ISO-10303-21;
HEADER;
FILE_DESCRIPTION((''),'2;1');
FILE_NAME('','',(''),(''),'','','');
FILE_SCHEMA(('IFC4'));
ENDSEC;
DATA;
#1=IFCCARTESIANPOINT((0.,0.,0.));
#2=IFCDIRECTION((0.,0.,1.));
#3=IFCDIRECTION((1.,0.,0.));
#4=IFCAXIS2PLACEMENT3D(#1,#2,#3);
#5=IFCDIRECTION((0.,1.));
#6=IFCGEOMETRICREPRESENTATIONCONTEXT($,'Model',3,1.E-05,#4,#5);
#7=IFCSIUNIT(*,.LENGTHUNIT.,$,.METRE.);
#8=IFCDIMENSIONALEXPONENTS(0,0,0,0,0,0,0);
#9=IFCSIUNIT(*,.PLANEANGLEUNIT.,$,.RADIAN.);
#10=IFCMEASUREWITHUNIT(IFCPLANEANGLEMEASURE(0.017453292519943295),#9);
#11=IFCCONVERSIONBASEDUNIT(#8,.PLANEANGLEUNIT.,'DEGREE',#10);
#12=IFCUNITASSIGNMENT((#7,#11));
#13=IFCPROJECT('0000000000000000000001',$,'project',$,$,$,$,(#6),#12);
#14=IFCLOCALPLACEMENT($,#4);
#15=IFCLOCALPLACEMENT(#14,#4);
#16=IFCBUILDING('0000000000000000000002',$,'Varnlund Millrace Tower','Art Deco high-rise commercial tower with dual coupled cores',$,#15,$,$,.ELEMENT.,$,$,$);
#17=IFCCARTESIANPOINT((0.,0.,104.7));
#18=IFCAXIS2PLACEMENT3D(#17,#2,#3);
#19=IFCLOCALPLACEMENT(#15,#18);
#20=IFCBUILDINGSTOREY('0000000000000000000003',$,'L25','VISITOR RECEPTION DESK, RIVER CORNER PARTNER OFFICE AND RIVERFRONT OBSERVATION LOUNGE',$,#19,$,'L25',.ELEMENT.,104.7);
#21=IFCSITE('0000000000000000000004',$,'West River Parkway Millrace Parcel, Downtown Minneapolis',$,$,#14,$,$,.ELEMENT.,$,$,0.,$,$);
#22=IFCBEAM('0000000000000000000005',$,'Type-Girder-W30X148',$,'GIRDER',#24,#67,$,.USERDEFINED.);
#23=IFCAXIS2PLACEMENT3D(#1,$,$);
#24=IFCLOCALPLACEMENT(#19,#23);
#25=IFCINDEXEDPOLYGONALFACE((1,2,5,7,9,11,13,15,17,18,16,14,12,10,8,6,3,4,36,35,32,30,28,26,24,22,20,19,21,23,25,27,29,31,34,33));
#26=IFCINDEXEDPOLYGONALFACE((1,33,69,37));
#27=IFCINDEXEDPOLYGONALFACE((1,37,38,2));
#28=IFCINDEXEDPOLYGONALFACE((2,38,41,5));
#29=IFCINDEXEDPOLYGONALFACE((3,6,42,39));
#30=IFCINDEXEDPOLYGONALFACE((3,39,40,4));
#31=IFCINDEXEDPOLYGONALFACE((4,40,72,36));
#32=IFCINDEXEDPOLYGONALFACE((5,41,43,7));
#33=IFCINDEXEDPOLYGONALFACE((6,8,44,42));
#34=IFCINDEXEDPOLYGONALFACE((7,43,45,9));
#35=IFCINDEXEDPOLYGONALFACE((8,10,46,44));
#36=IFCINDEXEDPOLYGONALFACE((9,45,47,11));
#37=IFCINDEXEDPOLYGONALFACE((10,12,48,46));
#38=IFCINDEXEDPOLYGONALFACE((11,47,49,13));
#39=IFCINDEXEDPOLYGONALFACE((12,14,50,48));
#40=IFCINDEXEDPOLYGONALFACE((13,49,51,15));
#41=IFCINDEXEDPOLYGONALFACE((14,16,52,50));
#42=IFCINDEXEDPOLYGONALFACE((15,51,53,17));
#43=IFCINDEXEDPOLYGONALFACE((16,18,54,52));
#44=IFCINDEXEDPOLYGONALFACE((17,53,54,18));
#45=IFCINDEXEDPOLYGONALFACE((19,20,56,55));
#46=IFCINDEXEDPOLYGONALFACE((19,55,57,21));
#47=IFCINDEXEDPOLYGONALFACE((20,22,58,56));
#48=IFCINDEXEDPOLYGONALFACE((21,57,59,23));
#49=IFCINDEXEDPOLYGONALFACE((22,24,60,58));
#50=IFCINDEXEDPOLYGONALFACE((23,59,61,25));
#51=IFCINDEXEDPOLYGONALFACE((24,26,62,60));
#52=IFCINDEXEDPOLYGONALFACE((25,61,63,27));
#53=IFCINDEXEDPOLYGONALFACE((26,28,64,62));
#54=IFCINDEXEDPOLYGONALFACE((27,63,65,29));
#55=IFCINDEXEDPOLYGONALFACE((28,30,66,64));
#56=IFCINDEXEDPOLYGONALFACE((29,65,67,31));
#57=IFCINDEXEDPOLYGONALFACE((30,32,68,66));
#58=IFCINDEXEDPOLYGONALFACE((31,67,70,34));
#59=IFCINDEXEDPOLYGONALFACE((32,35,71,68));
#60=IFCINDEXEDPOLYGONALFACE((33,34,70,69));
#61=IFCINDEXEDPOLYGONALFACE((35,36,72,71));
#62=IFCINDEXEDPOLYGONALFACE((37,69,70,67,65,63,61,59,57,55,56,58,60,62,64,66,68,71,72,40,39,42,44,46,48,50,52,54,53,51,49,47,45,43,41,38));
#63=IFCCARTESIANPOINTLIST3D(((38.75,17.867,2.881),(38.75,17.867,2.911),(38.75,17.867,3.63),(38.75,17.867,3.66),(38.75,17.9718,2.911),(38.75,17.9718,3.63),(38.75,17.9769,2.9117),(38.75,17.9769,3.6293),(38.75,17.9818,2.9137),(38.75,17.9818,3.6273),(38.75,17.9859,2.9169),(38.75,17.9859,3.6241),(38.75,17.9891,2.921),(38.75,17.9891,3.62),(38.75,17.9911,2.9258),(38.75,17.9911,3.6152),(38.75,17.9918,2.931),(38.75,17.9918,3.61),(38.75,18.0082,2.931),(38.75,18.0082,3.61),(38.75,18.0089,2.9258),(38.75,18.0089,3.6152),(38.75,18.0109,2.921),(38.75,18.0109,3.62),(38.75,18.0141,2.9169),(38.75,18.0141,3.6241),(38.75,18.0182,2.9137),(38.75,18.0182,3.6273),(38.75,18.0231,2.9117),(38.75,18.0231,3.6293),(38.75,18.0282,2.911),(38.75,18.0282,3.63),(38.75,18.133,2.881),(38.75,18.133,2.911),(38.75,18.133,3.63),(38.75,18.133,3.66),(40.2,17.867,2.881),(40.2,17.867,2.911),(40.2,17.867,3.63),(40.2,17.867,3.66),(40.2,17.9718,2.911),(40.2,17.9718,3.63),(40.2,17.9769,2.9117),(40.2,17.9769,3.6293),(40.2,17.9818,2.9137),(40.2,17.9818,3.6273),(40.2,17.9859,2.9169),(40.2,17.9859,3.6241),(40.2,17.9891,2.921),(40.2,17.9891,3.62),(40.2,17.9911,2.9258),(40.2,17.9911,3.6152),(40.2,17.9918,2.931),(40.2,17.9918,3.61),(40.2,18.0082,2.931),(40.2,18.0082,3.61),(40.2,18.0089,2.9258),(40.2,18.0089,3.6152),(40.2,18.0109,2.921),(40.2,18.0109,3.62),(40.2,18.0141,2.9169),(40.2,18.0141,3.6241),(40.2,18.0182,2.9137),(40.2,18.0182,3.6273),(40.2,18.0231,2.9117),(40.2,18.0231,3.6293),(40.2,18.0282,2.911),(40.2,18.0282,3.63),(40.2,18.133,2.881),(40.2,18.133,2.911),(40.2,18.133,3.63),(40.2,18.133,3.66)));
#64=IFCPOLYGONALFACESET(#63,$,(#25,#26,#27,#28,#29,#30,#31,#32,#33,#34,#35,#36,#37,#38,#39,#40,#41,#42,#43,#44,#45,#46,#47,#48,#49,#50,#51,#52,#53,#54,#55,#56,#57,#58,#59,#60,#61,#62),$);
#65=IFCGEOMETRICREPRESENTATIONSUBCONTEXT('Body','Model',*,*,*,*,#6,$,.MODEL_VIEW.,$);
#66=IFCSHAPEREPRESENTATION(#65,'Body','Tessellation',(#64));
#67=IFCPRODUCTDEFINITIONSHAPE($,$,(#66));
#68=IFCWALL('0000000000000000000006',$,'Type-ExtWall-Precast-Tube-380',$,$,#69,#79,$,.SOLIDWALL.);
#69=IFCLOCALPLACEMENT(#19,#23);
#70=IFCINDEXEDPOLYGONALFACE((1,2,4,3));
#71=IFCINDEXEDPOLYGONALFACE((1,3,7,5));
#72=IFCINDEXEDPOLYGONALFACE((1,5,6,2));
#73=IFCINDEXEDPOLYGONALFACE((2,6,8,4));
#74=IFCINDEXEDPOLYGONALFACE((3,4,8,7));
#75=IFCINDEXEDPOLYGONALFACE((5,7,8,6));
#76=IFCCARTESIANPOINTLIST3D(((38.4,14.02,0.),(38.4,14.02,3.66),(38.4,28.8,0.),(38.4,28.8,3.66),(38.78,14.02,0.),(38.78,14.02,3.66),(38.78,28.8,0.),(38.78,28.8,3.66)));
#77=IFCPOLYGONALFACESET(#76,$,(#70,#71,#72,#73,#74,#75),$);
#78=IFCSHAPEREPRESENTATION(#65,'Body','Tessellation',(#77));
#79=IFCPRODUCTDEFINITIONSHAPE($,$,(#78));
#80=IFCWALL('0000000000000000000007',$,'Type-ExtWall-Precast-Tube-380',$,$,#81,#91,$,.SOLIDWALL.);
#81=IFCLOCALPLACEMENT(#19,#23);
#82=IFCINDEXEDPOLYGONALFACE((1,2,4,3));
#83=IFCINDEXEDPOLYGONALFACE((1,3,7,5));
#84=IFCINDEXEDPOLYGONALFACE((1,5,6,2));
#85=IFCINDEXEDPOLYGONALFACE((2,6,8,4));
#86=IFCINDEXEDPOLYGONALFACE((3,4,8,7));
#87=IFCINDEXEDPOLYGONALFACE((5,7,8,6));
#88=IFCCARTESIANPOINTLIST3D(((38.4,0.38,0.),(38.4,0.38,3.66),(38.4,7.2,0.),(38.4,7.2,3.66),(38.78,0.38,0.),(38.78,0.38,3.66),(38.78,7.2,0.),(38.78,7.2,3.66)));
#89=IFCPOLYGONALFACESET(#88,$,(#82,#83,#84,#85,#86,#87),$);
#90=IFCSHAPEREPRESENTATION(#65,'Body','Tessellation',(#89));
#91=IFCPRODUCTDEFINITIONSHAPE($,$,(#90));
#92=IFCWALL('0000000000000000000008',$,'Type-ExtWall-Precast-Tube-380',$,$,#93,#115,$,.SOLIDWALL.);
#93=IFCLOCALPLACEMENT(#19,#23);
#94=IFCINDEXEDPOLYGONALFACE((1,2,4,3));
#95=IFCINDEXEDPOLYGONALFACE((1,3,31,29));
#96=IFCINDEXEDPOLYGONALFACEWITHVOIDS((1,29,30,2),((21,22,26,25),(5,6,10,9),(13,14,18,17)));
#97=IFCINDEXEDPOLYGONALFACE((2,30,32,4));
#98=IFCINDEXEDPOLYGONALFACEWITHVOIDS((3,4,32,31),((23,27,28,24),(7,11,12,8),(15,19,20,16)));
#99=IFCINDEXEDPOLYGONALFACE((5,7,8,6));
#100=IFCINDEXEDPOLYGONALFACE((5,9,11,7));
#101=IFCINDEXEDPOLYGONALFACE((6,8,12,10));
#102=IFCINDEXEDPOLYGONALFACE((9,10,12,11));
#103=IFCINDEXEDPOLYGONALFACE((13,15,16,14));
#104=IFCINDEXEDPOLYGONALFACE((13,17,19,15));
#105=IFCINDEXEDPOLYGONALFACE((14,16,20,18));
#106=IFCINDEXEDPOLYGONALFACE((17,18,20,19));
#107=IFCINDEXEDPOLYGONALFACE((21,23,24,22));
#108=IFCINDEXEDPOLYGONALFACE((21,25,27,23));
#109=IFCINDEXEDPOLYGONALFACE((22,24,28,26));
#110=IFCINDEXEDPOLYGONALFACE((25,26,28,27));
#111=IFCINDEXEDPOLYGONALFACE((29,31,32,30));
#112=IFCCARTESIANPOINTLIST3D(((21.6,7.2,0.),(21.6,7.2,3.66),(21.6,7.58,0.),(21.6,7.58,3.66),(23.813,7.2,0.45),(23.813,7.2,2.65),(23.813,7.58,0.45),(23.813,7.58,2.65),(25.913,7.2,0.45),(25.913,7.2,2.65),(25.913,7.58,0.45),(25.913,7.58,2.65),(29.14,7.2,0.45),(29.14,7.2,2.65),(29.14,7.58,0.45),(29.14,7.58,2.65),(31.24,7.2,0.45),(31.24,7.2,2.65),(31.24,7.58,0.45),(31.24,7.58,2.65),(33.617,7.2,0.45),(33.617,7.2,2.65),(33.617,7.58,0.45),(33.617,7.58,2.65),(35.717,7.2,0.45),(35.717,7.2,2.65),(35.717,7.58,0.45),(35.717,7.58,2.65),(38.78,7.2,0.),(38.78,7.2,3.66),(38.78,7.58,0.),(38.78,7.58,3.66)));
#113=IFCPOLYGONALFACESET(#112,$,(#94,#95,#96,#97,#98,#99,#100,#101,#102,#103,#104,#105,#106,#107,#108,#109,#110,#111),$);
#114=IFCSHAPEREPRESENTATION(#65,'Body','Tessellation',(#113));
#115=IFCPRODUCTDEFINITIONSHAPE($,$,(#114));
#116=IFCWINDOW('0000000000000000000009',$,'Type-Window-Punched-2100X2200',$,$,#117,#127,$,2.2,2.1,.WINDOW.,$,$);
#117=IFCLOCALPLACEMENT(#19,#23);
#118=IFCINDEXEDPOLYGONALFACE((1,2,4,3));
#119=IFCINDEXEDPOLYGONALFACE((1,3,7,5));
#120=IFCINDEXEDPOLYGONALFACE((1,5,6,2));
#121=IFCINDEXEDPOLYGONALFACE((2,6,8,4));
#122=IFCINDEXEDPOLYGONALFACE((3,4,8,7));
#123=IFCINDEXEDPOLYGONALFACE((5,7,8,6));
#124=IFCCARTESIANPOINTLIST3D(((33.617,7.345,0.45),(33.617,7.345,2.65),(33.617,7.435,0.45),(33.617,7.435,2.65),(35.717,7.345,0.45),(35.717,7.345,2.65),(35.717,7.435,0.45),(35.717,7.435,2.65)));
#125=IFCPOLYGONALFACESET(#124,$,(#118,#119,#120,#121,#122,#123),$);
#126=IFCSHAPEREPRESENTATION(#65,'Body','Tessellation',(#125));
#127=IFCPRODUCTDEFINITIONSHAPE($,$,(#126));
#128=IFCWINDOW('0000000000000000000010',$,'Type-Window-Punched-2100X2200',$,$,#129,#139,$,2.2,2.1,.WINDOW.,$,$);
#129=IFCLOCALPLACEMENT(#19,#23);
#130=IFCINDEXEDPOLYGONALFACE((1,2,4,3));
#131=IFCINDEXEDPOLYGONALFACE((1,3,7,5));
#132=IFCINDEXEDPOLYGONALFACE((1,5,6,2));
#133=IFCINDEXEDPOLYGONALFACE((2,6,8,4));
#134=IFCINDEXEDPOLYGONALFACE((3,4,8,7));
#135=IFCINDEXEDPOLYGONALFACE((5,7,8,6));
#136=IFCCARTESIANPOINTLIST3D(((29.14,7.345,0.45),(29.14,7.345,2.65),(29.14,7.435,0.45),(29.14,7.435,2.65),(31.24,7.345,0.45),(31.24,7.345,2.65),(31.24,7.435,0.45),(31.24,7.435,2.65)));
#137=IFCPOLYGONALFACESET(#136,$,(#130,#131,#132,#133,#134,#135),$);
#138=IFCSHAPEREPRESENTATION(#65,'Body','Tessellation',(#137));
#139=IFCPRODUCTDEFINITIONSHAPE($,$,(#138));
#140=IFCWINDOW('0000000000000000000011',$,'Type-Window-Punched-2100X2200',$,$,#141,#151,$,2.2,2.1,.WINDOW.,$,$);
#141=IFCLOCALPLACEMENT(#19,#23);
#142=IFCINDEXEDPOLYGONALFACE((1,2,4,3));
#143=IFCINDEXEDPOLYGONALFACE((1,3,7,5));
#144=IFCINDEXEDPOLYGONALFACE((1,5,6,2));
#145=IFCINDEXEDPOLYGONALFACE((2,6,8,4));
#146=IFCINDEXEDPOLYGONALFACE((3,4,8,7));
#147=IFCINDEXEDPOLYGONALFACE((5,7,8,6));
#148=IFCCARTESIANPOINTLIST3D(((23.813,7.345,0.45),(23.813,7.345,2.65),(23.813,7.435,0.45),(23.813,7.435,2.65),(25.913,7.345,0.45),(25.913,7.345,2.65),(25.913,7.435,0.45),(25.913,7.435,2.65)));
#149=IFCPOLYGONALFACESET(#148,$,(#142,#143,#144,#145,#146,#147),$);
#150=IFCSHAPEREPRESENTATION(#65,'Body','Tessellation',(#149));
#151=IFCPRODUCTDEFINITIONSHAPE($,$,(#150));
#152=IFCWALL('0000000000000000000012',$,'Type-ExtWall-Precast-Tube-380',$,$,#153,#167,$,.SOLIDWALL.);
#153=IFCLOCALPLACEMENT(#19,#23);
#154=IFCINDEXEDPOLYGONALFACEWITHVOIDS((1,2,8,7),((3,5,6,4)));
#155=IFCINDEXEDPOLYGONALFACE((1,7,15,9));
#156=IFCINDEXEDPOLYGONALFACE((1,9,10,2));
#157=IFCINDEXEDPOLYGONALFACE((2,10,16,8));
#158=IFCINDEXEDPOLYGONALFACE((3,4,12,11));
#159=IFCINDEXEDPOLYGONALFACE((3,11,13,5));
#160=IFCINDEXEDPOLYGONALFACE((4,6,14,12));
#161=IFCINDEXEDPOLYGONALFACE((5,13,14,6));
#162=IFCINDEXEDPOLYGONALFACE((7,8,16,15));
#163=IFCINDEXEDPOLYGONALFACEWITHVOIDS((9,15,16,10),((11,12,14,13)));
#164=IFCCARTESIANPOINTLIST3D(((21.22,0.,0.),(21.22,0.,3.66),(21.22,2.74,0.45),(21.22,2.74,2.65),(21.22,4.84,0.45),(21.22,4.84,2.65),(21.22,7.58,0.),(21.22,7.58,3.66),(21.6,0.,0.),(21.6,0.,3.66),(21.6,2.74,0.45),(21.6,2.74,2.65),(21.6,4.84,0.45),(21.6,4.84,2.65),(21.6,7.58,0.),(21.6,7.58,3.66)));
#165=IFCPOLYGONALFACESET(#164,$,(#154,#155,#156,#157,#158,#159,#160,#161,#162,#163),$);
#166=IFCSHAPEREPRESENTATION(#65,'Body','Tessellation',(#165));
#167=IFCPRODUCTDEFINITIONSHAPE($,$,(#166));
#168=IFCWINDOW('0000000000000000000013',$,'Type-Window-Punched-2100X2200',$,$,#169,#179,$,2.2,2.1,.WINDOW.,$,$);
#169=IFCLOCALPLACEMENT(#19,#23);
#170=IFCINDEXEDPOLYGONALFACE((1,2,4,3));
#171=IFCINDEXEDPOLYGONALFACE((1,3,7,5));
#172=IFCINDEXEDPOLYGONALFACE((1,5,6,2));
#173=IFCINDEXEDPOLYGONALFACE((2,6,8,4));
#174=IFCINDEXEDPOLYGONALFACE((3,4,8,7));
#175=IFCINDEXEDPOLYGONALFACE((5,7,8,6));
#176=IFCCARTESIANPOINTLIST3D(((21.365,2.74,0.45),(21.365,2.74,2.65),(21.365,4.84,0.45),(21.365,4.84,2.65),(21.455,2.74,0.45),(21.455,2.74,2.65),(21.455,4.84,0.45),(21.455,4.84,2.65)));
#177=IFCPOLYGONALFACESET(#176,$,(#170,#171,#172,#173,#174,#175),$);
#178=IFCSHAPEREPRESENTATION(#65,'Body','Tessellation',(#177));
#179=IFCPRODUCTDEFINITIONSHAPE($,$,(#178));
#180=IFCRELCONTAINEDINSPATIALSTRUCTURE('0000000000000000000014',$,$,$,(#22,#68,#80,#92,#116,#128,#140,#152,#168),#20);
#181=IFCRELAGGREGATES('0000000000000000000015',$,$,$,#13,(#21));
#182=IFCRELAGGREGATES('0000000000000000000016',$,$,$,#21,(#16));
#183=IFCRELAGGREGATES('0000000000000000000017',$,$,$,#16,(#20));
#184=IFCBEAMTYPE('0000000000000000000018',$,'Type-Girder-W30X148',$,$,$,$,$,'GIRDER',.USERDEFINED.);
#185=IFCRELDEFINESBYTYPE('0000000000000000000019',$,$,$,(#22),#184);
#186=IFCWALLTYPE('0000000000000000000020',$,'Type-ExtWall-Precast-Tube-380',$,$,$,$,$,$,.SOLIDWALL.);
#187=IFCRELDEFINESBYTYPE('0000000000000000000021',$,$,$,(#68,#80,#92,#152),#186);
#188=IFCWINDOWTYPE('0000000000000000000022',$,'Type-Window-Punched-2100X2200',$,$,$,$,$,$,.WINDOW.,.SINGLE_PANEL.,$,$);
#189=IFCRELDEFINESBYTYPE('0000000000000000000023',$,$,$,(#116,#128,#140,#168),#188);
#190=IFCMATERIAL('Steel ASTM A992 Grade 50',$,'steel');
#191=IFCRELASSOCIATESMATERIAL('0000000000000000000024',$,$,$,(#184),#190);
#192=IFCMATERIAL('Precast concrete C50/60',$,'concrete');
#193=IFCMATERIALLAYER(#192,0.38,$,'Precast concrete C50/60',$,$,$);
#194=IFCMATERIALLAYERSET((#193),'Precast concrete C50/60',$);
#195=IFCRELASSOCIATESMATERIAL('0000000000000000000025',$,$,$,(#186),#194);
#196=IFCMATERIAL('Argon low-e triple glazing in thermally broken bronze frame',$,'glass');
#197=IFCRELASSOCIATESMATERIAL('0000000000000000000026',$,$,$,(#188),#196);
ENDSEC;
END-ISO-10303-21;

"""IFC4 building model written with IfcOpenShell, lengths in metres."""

from ifc_helpers import new_model, entity, si_unit, converted_unit, direction, frame, origin_with_axes, origin_2d_with_axis, place, context, subcontext, project, spatial, polyline, rectangle, i_section, outline, extrude, material, layer, layer_set, material_profile, profile_set, type_object, element, fill, save


model = new_model("IFC4")

# Units and contexts
model_context = context("Model", 3, precision=1e-05, world=origin_with_axes(), true_north=direction((0.0, 1.0)))
body_context = subcontext(model_context, "Body", "Model", "MODEL_VIEW")
ifc_project = project(units=[si_unit("LENGTHUNIT", "METRE"), converted_unit("PLANEANGLEUNIT", "DEGREE", entity("IfcPlaneAngleMeasure", 0.017453292519943295), si_unit("PLANEANGLEUNIT", "RADIAN"), dimensions=[0, 0, 0, 0, 0, 0, 0])], contexts=[model_context])

# Site, building, storey
site_placement = place(None, origin_with_axes())
site = spatial("IfcSite", under=ifc_project, at=site_placement, Name="West River Parkway Millrace Parcel, Downtown Minneapolis", CompositionType="ELEMENT", RefElevation=0.0)
building_placement = place(site_placement, origin_with_axes())
building = spatial("IfcBuilding", under=site, at=building_placement, Name="Varnlund Millrace Tower", Description="Art Deco high-rise commercial tower with dual coupled cores", CompositionType="ELEMENT")
storey_placement = place(building_placement, frame((0.0, 0.0, 104.7), z_axis=(0.0, 0.0, 1.0), x_axis=(1.0, 0.0, 0.0)))
storey = spatial("IfcBuildingStorey", under=building, at=storey_placement, Name="L25", Description="VISITOR RECEPTION DESK, RIVER CORNER PARTNER OFFICE AND RIVERFRONT OBSERVATION LOUNGE", LongName="L25", CompositionType="ELEMENT", Elevation=104.7)

# Beam
ifc_material_1 = material(Name="Steel ASTM A992 Grade 50", Category="steel")
ifc_material_profile_1 = material_profile(ifc_material_1, i_section(OverallWidth=0.266, OverallDepth=0.779, WebThickness=0.0165, FlangeThickness=0.03, FilletRadius=0.02, at=origin_2d_with_axis()), Name="Steel ASTM A992 Grade 50")
ifc_profile_set_1 = profile_set([ifc_material_profile_1], Name="Steel ASTM A992 Grade 50")
beam_type_1 = type_object("IfcBeamType", Name="Type-Girder-W30X148", ElementType="GIRDER", PredefinedType="USERDEFINED", material=ifc_profile_set_1)
for number, where, z_axis, x_axis, name in (
    (1, (38.75, 18.0, 3.2705), (1.0, 0.0, 0.0), (0.0, 1.0, 0.0), "Type-Girder-W30X148"),
):
    element("IfcBeam", number, at=place(storey_placement, frame(where, z_axis=z_axis, x_axis=x_axis)), inside=storey, type_object=beam_type_1, Name=name, ObjectType="GIRDER", PredefinedType="USERDEFINED", context=body_context, shape_type="SweptSolid", body=[
        extrude(i_section(OverallWidth=0.266, OverallDepth=0.779, WebThickness=0.0165, FlangeThickness=0.03, FilletRadius=0.02, at=origin_2d_with_axis()), origin_with_axes(), (0.0, 0.0, 1.0), 1.45),
    ])

# Walls
ifc_material_2 = material(Name="Precast concrete C50/60", Category="concrete")
ifc_layer = layer(ifc_material_2, 0.38, Name="Precast concrete C50/60")
ifc_layer_set = layer_set([ifc_layer], Name="Precast concrete C50/60")
wall_type = type_object("IfcWallType", Name="Type-ExtWall-Precast-Tube-380", PredefinedType="SOLIDWALL", material=ifc_layer_set)
wall_1_placement = place(storey_placement, frame((38.59, 14.02, 0.0), z_axis=(0.0, 0.0, 1.0), x_axis=(0.0, 1.0, 0.0)))
element("IfcWall", 2, at=wall_1_placement, inside=storey, type_object=wall_type, Name="Type-ExtWall-Precast-Tube-380", PredefinedType="SOLIDWALL", context=body_context, shape_type="SweptSolid", body=[
    extrude(outline(polyline([(0.0, -0.19), (14.78, -0.19), (14.78, 0.19), (0.0, 0.19), (0.0, -0.19)])), origin_with_axes(), (0.0, 0.0, 1.0), 3.66),
])
wall_2_placement = place(storey_placement, frame((38.59, 0.38, 0.0), z_axis=(0.0, 0.0, 1.0), x_axis=(0.0, 1.0, 0.0)))
element("IfcWall", 3, at=wall_2_placement, inside=storey, type_object=wall_type, Name="Type-ExtWall-Precast-Tube-380", PredefinedType="SOLIDWALL", context=body_context, shape_type="SweptSolid", body=[
    extrude(outline(polyline([(0.0, -0.19), (6.82, -0.19), (6.82, 0.19), (0.0, 0.19), (0.0, -0.19)])), origin_with_axes(), (0.0, 0.0, 1.0), 3.66),
])

# Wall, openings, windows
wall_3_placement = place(storey_placement, frame((38.78, 7.39, 0.0), z_axis=(0.0, 0.0, 1.0), x_axis=(-1.0, 0.0, 0.0)))
wall_3 = element("IfcWall", 4, at=wall_3_placement, inside=storey, type_object=wall_type, Name="Type-ExtWall-Precast-Tube-380", PredefinedType="SOLIDWALL", context=body_context, shape_type="SweptSolid", body=[
    extrude(outline(polyline([(0.0, -0.19), (17.18, -0.19), (17.18, 0.19), (0.0, 0.19), (0.0, -0.19)])), origin_with_axes(), (0.0, 0.0, 1.0), 3.66),
])
opening_1_placement = place(wall_3_placement, frame((4.113, 0.0, 0.45), z_axis=(0.0, 0.0, 1.0), x_axis=(1.0, 0.0, 0.0)))
opening_1 = element("IfcOpeningElement", 5, at=opening_1_placement, cuts=wall_3, PredefinedType="OPENING", context=body_context, shape_type="SweptSolid", body=[
    extrude(rectangle(XDim=2.1, YDim=0.4, at=origin_2d_with_axis()), origin_with_axes(), (0.0, 0.0, 1.0), 2.2),
])
opening_2_placement = place(wall_3_placement, frame((8.59, 0.0, 0.45), z_axis=(0.0, 0.0, 1.0), x_axis=(1.0, 0.0, 0.0)))
opening_2 = element("IfcOpeningElement", 6, at=opening_2_placement, cuts=wall_3, PredefinedType="OPENING", context=body_context, shape_type="SweptSolid", body=[
    extrude(rectangle(XDim=2.1, YDim=0.4, at=origin_2d_with_axis()), origin_with_axes(), (0.0, 0.0, 1.0), 2.2),
])
opening_3_placement = place(wall_3_placement, frame((13.917, 0.0, 0.45), z_axis=(0.0, 0.0, 1.0), x_axis=(1.0, 0.0, 0.0)))
opening_3 = element("IfcOpeningElement", 7, at=opening_3_placement, cuts=wall_3, PredefinedType="OPENING", context=body_context, shape_type="SweptSolid", body=[
    extrude(rectangle(XDim=2.1, YDim=0.4, at=origin_2d_with_axis()), origin_with_axes(), (0.0, 0.0, 1.0), 2.2),
])
ifc_material_3 = material(Name="Argon low-e triple glazing in thermally broken bronze frame", Category="glass")
window_type = type_object("IfcWindowType", Name="Type-Window-Punched-2100X2200", PartitioningType="SINGLE_PANEL", PredefinedType="WINDOW", material=ifc_material_3)
window_1_placement = place(wall_3_placement, frame((4.113, 0.0, 0.45), z_axis=(0.0, 0.0, 1.0), x_axis=(1.0, 0.0, 0.0)))
window_1 = element("IfcWindow", 8, at=window_1_placement, inside=storey, type_object=window_type, Name="Type-Window-Punched-2100X2200", OverallHeight=2.2, OverallWidth=2.1, PredefinedType="WINDOW", context=body_context, shape_type="SweptSolid", body=[
    extrude(rectangle(XDim=2.1, YDim=0.09, at=origin_2d_with_axis()), origin_with_axes(), (0.0, 0.0, 1.0), 2.2),
])
fill(opening_1, window_1)
window_2_placement = place(wall_3_placement, frame((8.59, 0.0, 0.45), z_axis=(0.0, 0.0, 1.0), x_axis=(1.0, 0.0, 0.0)))
window_2 = element("IfcWindow", 9, at=window_2_placement, inside=storey, type_object=window_type, Name="Type-Window-Punched-2100X2200", OverallHeight=2.2, OverallWidth=2.1, PredefinedType="WINDOW", context=body_context, shape_type="SweptSolid", body=[
    extrude(rectangle(XDim=2.1, YDim=0.09, at=origin_2d_with_axis()), origin_with_axes(), (0.0, 0.0, 1.0), 2.2),
])
fill(opening_2, window_2)
window_3_placement = place(wall_3_placement, frame((13.917, 0.0, 0.45), z_axis=(0.0, 0.0, 1.0), x_axis=(1.0, 0.0, 0.0)))
window_3 = element("IfcWindow", 10, at=window_3_placement, inside=storey, type_object=window_type, Name="Type-Window-Punched-2100X2200", OverallHeight=2.2, OverallWidth=2.1, PredefinedType="WINDOW", context=body_context, shape_type="SweptSolid", body=[
    extrude(rectangle(XDim=2.1, YDim=0.09, at=origin_2d_with_axis()), origin_with_axes(), (0.0, 0.0, 1.0), 2.2),
])
fill(opening_3, window_3)

# Wall, opening, window
wall_4_placement = place(storey_placement, frame((21.41, 7.58, 0.0), z_axis=(0.0, 0.0, 1.0), x_axis=(0.0, -1.0, 0.0)))
wall_4 = element("IfcWall", 11, at=wall_4_placement, inside=storey, type_object=wall_type, Name="Type-ExtWall-Precast-Tube-380", PredefinedType="SOLIDWALL", context=body_context, shape_type="SweptSolid", body=[
    extrude(outline(polyline([(0.0, -0.19), (7.58, -0.19), (7.58, 0.19), (0.0, 0.19), (0.0, -0.19)])), origin_with_axes(), (0.0, 0.0, 1.0), 3.66),
])
opening_4_placement = place(wall_4_placement, frame((3.79, 0.0, 0.45), z_axis=(0.0, 0.0, 1.0), x_axis=(1.0, 0.0, 0.0)))
opening_4 = element("IfcOpeningElement", 12, at=opening_4_placement, cuts=wall_4, PredefinedType="OPENING", context=body_context, shape_type="SweptSolid", body=[
    extrude(rectangle(XDim=2.1, YDim=0.4, at=origin_2d_with_axis()), origin_with_axes(), (0.0, 0.0, 1.0), 2.2),
])
window_4_placement = place(wall_4_placement, frame((3.79, 0.0, 0.45), z_axis=(0.0, 0.0, 1.0), x_axis=(1.0, 0.0, 0.0)))
window_4 = element("IfcWindow", 13, at=window_4_placement, inside=storey, type_object=window_type, Name="Type-Window-Punched-2100X2200", OverallHeight=2.2, OverallWidth=2.1, PredefinedType="WINDOW", context=body_context, shape_type="SweptSolid", body=[
    extrude(rectangle(XDim=2.1, YDim=0.09, at=origin_2d_with_axis()), origin_with_axes(), (0.0, 0.0, 1.0), 2.2),
])
fill(opening_4, window_4)

save(model, "model.ifc")
